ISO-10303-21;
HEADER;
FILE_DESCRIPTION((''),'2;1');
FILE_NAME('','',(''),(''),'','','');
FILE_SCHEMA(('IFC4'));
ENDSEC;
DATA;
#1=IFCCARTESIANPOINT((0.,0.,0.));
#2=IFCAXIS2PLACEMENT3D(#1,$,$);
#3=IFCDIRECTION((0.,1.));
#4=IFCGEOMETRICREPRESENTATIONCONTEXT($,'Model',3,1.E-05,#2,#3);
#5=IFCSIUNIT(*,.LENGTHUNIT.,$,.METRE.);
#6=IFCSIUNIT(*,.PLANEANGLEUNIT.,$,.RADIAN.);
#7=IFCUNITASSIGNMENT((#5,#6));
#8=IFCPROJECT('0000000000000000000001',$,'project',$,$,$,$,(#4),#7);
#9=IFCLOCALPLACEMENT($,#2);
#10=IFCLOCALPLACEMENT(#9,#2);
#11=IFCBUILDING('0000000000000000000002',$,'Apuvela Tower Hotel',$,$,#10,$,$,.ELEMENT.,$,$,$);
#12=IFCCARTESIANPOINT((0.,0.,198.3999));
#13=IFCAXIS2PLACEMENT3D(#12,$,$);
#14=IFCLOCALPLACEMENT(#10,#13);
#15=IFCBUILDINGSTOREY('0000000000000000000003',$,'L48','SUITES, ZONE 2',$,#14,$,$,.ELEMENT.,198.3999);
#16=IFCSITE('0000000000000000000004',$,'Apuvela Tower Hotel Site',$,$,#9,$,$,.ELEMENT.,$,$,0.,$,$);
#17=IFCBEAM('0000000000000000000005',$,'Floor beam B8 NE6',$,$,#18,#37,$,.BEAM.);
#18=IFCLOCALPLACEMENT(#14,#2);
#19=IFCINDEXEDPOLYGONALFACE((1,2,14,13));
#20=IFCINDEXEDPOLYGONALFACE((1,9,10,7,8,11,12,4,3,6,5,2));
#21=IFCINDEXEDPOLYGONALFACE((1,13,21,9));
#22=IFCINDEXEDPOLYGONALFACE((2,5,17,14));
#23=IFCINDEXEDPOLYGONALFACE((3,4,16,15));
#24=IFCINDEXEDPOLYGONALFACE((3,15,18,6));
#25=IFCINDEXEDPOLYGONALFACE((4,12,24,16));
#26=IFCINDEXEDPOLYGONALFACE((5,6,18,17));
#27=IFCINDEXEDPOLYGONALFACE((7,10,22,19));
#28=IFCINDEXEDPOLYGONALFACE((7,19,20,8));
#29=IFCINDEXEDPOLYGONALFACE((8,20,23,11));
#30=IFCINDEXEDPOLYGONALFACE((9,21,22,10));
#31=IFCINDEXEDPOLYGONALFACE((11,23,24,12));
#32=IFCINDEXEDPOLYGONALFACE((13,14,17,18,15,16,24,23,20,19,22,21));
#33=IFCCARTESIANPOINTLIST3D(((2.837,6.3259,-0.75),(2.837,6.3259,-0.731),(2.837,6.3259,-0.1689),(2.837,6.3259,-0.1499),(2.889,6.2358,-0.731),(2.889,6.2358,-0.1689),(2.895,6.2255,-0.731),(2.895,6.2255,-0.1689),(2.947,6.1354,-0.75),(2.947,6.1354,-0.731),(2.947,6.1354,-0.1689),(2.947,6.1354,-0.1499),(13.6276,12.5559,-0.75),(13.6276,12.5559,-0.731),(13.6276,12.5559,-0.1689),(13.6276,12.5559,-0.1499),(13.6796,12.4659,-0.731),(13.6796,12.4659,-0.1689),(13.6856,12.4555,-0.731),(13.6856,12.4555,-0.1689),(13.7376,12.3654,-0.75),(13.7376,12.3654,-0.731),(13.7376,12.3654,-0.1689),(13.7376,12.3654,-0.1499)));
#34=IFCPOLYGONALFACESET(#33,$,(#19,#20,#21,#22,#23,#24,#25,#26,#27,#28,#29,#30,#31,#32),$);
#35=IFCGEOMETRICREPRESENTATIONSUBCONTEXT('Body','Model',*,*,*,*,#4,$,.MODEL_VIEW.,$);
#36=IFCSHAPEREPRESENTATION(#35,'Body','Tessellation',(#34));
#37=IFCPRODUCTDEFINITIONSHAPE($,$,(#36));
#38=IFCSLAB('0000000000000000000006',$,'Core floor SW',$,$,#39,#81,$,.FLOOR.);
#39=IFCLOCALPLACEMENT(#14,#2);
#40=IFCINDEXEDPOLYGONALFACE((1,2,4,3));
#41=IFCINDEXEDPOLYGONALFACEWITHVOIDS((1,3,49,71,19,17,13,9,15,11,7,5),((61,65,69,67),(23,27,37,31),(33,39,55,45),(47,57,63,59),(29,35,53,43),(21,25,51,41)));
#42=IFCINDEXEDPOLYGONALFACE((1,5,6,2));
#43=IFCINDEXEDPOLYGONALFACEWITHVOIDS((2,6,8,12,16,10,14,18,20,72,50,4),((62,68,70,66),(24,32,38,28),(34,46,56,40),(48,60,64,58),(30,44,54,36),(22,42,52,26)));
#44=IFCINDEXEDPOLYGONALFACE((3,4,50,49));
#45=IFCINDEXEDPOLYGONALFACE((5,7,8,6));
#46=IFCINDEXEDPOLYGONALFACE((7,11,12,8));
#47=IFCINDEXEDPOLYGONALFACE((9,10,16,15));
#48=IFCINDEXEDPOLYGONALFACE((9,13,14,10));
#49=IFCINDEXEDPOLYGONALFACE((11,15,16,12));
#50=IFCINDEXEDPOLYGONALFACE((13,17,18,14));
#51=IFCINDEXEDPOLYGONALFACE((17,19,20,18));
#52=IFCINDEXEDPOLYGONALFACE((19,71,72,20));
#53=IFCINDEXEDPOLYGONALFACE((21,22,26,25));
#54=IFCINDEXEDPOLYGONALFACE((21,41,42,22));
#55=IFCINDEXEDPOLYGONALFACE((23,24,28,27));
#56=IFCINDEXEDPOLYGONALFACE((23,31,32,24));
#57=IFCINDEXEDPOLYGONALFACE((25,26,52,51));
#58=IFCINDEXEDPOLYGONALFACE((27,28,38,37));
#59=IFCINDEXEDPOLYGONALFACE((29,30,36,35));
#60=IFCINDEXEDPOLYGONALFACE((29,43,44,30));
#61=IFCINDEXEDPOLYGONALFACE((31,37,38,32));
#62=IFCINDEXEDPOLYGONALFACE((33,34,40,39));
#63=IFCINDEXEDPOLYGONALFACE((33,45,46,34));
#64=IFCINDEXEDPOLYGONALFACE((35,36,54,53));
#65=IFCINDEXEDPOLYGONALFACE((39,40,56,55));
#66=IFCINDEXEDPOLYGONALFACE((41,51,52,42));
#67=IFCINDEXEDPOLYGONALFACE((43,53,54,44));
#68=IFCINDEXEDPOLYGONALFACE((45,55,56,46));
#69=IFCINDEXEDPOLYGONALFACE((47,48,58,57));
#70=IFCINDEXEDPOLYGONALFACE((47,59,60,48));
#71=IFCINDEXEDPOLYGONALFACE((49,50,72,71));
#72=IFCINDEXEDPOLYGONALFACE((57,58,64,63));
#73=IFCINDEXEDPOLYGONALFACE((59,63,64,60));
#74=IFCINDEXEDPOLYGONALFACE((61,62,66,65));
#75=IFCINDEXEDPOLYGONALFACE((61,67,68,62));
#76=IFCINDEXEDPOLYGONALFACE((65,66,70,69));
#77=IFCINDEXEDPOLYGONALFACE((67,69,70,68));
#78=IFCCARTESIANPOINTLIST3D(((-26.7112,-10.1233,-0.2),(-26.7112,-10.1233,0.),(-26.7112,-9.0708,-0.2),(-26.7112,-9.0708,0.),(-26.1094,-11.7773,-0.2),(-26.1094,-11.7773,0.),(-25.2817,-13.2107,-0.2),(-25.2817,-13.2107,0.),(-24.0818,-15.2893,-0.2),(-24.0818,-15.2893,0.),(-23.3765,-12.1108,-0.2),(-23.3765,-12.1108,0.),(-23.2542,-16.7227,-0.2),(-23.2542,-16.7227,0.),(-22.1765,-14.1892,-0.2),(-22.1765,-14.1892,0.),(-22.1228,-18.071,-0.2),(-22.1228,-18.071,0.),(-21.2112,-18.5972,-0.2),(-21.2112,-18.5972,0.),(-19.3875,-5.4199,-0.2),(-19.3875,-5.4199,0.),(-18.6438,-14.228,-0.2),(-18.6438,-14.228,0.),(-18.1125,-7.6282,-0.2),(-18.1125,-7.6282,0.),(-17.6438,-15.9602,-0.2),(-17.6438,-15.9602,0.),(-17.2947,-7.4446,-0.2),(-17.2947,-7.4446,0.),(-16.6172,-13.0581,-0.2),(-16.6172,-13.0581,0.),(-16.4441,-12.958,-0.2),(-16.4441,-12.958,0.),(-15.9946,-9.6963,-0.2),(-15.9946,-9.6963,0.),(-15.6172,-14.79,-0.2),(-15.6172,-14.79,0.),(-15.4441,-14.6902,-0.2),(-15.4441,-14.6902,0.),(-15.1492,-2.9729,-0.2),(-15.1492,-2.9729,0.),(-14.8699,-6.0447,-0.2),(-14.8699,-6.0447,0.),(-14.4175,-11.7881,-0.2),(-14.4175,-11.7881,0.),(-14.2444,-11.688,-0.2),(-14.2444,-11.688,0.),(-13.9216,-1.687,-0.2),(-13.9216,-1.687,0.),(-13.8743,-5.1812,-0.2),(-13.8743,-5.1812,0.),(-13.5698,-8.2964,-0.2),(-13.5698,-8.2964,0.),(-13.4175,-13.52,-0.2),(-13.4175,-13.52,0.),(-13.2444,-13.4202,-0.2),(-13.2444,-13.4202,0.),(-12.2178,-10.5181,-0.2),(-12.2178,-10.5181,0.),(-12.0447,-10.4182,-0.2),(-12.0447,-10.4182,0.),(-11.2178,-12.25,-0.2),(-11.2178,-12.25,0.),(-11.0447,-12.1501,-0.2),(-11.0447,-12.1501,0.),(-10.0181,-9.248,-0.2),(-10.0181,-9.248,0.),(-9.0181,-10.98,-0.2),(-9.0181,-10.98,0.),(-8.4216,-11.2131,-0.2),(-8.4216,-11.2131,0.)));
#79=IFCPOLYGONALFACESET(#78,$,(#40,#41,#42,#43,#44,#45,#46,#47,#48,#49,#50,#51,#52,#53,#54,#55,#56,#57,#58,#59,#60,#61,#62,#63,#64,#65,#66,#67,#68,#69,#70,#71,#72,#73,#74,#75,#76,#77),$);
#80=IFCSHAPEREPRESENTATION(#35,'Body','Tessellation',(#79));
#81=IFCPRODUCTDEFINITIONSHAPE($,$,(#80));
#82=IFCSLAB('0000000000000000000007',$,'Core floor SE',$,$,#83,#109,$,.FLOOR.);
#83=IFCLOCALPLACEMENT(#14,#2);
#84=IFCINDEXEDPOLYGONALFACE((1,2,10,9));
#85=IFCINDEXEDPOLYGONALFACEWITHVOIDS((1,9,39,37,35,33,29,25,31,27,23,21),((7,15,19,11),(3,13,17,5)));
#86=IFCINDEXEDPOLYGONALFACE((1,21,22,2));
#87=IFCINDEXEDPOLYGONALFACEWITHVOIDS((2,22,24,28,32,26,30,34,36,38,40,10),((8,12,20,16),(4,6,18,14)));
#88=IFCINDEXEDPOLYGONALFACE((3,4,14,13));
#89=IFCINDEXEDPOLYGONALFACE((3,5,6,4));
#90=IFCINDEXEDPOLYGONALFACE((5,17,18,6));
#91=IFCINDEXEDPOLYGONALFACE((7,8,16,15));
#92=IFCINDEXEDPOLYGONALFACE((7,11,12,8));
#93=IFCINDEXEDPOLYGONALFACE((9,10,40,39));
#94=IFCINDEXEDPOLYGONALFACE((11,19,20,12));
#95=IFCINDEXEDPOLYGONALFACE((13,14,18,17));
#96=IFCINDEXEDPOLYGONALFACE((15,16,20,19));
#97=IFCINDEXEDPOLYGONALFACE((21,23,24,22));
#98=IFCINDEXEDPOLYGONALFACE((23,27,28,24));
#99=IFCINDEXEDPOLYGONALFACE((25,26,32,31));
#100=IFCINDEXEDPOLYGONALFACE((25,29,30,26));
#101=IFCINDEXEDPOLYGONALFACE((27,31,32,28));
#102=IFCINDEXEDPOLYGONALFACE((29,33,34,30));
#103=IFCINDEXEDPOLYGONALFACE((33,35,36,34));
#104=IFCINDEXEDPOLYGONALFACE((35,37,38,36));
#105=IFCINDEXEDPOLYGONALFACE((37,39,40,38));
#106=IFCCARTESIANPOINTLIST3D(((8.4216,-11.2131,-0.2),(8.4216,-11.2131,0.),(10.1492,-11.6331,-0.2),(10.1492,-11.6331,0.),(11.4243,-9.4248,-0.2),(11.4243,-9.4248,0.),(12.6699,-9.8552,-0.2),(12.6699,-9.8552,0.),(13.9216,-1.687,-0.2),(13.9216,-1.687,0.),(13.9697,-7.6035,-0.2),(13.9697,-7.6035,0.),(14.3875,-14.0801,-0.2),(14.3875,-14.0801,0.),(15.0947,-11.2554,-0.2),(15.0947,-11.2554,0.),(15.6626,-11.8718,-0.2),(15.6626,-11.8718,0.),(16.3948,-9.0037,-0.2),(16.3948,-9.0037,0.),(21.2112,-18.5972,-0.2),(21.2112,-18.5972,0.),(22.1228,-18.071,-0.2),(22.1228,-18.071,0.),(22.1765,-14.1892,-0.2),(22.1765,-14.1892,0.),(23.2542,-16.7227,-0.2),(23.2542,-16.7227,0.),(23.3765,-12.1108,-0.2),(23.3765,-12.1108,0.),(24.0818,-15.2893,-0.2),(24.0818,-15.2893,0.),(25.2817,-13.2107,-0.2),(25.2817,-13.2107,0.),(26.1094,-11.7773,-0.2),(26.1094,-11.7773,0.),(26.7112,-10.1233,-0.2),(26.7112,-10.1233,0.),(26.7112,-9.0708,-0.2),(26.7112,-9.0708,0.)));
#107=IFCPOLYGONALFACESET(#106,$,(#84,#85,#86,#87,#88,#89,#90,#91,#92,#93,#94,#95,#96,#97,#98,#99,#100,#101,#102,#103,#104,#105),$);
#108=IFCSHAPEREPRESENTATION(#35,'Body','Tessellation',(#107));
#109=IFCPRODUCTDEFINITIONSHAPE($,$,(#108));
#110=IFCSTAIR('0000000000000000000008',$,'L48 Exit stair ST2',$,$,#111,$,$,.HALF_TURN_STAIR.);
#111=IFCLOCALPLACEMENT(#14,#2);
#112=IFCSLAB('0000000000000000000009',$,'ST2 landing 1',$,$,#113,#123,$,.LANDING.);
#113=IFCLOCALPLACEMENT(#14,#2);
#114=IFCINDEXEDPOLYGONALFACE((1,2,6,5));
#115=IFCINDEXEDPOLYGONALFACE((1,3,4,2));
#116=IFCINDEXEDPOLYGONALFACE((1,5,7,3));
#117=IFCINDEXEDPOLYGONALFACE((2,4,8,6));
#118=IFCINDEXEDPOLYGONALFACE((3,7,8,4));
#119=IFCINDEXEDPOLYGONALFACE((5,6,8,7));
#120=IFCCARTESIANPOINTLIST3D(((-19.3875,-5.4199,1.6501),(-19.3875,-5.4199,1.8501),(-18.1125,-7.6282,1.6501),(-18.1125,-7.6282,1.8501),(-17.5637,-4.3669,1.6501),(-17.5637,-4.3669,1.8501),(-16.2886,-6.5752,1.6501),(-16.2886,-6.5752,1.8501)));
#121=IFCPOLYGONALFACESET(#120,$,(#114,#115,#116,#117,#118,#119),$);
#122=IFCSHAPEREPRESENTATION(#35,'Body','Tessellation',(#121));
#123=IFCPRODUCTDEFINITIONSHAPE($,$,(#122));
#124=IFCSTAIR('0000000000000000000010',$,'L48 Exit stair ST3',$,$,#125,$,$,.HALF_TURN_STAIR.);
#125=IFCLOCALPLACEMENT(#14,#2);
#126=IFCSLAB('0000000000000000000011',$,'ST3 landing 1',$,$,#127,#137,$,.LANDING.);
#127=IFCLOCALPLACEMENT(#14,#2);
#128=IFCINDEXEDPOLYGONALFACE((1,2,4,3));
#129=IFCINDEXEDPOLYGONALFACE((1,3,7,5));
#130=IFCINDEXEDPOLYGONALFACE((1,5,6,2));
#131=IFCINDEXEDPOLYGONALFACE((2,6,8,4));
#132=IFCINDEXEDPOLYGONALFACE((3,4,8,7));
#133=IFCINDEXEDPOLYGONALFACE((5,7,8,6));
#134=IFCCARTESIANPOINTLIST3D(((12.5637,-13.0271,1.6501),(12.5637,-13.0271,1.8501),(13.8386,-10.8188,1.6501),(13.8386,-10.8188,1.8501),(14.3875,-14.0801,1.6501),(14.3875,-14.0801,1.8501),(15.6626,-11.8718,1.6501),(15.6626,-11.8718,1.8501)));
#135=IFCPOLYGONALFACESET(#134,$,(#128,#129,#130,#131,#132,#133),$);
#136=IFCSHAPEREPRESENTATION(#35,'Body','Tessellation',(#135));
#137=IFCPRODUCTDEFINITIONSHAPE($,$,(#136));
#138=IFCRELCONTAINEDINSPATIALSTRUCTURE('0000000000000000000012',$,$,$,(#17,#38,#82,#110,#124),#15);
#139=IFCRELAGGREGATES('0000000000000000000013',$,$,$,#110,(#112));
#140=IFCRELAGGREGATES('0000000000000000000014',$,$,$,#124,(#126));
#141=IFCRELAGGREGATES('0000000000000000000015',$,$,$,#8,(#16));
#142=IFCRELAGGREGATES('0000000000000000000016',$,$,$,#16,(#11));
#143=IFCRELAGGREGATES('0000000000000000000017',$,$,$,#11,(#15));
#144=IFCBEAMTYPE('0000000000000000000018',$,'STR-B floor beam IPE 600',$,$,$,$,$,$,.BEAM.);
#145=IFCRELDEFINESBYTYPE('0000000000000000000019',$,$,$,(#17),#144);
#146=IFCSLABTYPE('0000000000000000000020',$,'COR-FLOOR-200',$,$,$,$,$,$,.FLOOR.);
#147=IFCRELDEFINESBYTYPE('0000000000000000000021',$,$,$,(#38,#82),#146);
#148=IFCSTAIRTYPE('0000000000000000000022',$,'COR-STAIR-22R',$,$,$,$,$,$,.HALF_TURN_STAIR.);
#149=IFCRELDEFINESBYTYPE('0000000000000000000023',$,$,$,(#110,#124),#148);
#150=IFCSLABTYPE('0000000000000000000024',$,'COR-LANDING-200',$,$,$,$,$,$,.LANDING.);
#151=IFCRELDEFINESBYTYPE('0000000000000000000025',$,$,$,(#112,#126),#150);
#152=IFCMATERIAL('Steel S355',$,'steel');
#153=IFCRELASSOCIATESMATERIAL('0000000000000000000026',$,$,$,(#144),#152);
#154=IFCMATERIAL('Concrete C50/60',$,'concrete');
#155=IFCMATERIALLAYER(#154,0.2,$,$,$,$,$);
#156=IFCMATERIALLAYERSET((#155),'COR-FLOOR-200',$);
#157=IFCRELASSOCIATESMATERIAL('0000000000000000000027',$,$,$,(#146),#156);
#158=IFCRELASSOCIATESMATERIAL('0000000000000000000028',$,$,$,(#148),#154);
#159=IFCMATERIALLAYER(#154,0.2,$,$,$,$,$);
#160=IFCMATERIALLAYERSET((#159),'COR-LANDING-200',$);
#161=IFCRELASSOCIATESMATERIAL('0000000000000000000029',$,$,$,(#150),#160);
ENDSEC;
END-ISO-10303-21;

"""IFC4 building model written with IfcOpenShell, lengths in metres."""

from ifc_helpers import new_model, si_unit, direction, frame, origin, origin_2d, place, context, subcontext, project, spatial, polyline, i_section, outline, extrude, material, layer, layer_set, material_profile, profile_set, type_object, element, aggregate, save


model = new_model("IFC4")

# Units and contexts
model_context = context("Model", 3, precision=1e-05, world=origin(), true_north=direction((0.0, 1.0)))
body_context = subcontext(model_context, "Body", "Model", "MODEL_VIEW")
ifc_project = project(units=[si_unit("LENGTHUNIT", "METRE"), si_unit("PLANEANGLEUNIT", "RADIAN")], contexts=[model_context])

# Site, building, storey
site_placement = place(None, origin())
site = spatial("IfcSite", under=ifc_project, at=site_placement, Name="Apuvela Tower Hotel Site", CompositionType="ELEMENT", RefElevation=0.0)
building_placement = place(site_placement, origin())
building = spatial("IfcBuilding", under=site, at=building_placement, Name="Apuvela Tower Hotel", CompositionType="ELEMENT")
storey_placement = place(building_placement, frame((0.0, 0.0, 198.3999)))
storey = spatial("IfcBuildingStorey", under=building, at=storey_placement, Name="L48", Description="SUITES, ZONE 2", CompositionType="ELEMENT", Elevation=198.3999)

# Beam
ifc_material_1 = material(Name="Steel S355", Category="steel")
ifc_material_profile = material_profile(ifc_material_1, i_section(OverallWidth=0.22, OverallDepth=0.6001, WebThickness=0.012, FlangeThickness=0.019, at=origin_2d()), Name="IPE 600")
ifc_profile_set = profile_set([ifc_material_profile], Name="Steel S355")
beam_type = type_object("IfcBeamType", Name="STR-B floor beam IPE 600", PredefinedType="BEAM", material=ifc_profile_set)
beam_placement = place(storey_placement, frame((13.6826, 12.4607, -0.45), z_axis=(-0.866023, -0.500004, 0.0), x_axis=(0.500004, -0.866023, 0.0)))
element("IfcBeam", 1, at=beam_placement, inside=storey, type_object=beam_type, Name="Floor beam B8 NE6", PredefinedType="BEAM", context=body_context, shape_type="SweptSolid", body=[
    extrude(i_section(OverallWidth=0.22, OverallDepth=0.6001, WebThickness=0.012, FlangeThickness=0.019, at=origin_2d()), origin(), (0.0, 0.0, 1.0), 12.46),
])

# Slabs
ifc_material_2 = material(Name="Concrete C50/60", Category="concrete")
ifc_layer_1 = layer(ifc_material_2, 0.2)
ifc_layer_set_1 = layer_set([ifc_layer_1], Name="COR-FLOOR-200")
slab_type_1 = type_object("IfcSlabType", Name="COR-FLOOR-200", PredefinedType="FLOOR", material=ifc_layer_set_1)
slab_1_placement = place(storey_placement, frame((0.0, 0.0, -0.2)))
element("IfcSlab", 2, at=slab_1_placement, inside=storey, type_object=slab_type_1, Name="Core floor SW", PredefinedType="FLOOR", context=body_context, shape_type="SweptSolid", body=[
    extrude(outline(polyline([(-26.7112, -9.0708), (-26.7112, -10.1233), (-26.1094, -11.7773), (-25.2817, -13.2107), (-23.3765, -12.1108), (-22.1765, -14.1892), (-24.0818, -15.2893), (-23.2542, -16.7227), (-22.1228, -18.071), (-21.2112, -18.5972), (-8.4216, -11.2131), (-13.9216, -1.687), (-26.7112, -9.0708)]), holes=[polyline([(-10.0181, -9.248), (-9.0181, -10.98), (-11.0447, -12.1501), (-12.0447, -10.4182), (-10.0181, -9.248)]), polyline([(-14.2444, -11.688), (-12.2178, -10.5181), (-11.2178, -12.25), (-13.2444, -13.4202), (-14.2444, -11.688)]), polyline([(-19.3875, -5.4199), (-15.1492, -2.9729), (-13.8743, -5.1812), (-18.1125, -7.6282), (-19.3875, -5.4199)]), polyline([(-14.8699, -6.0447), (-13.5698, -8.2964), (-15.9946, -9.6963), (-17.2947, -7.4446), (-14.8699, -6.0447)]), polyline([(-16.4441, -12.958), (-14.4175, -11.7881), (-13.4175, -13.52), (-15.4441, -14.6902), (-16.4441, -12.958)]), polyline([(-18.6438, -14.228), (-16.6172, -13.0581), (-15.6172, -14.79), (-17.6438, -15.9602), (-18.6438, -14.228)])]), origin(), (0.0, 0.0, 1.0), 0.2),
])
slab_2_placement = place(storey_placement, frame((0.0, 0.0, -0.2)))
element("IfcSlab", 3, at=slab_2_placement, inside=storey, type_object=slab_type_1, Name="Core floor SE", PredefinedType="FLOOR", context=body_context, shape_type="SweptSolid", body=[
    extrude(outline(polyline([(21.2112, -18.5972), (22.1228, -18.071), (23.2542, -16.7227), (24.0818, -15.2893), (22.1765, -14.1892), (23.3765, -12.1108), (25.2817, -13.2107), (26.1094, -11.7773), (26.7112, -10.1233), (26.7112, -9.0708), (13.9216, -1.687), (8.4216, -11.2131), (21.2112, -18.5972)]), holes=[polyline([(11.4243, -9.4248), (15.6626, -11.8718), (14.3875, -14.0801), (10.1492, -11.6331), (11.4243, -9.4248)]), polyline([(13.9697, -7.6035), (16.3948, -9.0037), (15.0947, -11.2554), (12.6699, -9.8552), (13.9697, -7.6035)])]), origin(), (0.0, 0.0, 1.0), 0.2),
])

# Stairs, slabs
stair_type = type_object("IfcStairType", Name="COR-STAIR-22R", PredefinedType="HALF_TURN_STAIR", material=ifc_material_2)
stair_1_placement = place(storey_placement, origin())
stair_1 = element("IfcStair", 4, at=stair_1_placement, inside=storey, type_object=stair_type, Name="L48 Exit stair ST2", PredefinedType="HALF_TURN_STAIR")
ifc_layer_2 = layer(ifc_material_2, 0.2)
ifc_layer_set_2 = layer_set([ifc_layer_2], Name="COR-LANDING-200")
slab_type_2 = type_object("IfcSlabType", Name="COR-LANDING-200", PredefinedType="LANDING", material=ifc_layer_set_2)
slab_3_placement = place(storey_placement, frame((0.0, 0.0, 1.6501)))
slab_3 = element("IfcSlab", 5, at=slab_3_placement, type_object=slab_type_2, Name="ST2 landing 1", PredefinedType="LANDING", context=body_context, shape_type="SweptSolid", body=[
    extrude(outline(polyline([(-17.5637, -4.3669), (-19.3875, -5.4199), (-18.1125, -7.6282), (-16.2886, -6.5752), (-17.5637, -4.3669)])), origin(), (0.0, 0.0, 1.0), 0.2),
])
aggregate(stair_1, [slab_3])
stair_2_placement = place(storey_placement, origin())
stair_2 = element("IfcStair", 6, at=stair_2_placement, inside=storey, type_object=stair_type, Name="L48 Exit stair ST3", PredefinedType="HALF_TURN_STAIR")
slab_4_placement = place(storey_placement, frame((0.0, 0.0, 1.6501)))
slab_4 = element("IfcSlab", 7, at=slab_4_placement, type_object=slab_type_2, Name="ST3 landing 1", PredefinedType="LANDING", context=body_context, shape_type="SweptSolid", body=[
    extrude(outline(polyline([(12.5637, -13.0271), (14.3875, -14.0801), (15.6626, -11.8718), (13.8386, -10.8188), (12.5637, -13.0271)])), origin(), (0.0, 0.0, 1.0), 0.2),
])
aggregate(stair_2, [slab_4])

save(model, "model.ifc")
